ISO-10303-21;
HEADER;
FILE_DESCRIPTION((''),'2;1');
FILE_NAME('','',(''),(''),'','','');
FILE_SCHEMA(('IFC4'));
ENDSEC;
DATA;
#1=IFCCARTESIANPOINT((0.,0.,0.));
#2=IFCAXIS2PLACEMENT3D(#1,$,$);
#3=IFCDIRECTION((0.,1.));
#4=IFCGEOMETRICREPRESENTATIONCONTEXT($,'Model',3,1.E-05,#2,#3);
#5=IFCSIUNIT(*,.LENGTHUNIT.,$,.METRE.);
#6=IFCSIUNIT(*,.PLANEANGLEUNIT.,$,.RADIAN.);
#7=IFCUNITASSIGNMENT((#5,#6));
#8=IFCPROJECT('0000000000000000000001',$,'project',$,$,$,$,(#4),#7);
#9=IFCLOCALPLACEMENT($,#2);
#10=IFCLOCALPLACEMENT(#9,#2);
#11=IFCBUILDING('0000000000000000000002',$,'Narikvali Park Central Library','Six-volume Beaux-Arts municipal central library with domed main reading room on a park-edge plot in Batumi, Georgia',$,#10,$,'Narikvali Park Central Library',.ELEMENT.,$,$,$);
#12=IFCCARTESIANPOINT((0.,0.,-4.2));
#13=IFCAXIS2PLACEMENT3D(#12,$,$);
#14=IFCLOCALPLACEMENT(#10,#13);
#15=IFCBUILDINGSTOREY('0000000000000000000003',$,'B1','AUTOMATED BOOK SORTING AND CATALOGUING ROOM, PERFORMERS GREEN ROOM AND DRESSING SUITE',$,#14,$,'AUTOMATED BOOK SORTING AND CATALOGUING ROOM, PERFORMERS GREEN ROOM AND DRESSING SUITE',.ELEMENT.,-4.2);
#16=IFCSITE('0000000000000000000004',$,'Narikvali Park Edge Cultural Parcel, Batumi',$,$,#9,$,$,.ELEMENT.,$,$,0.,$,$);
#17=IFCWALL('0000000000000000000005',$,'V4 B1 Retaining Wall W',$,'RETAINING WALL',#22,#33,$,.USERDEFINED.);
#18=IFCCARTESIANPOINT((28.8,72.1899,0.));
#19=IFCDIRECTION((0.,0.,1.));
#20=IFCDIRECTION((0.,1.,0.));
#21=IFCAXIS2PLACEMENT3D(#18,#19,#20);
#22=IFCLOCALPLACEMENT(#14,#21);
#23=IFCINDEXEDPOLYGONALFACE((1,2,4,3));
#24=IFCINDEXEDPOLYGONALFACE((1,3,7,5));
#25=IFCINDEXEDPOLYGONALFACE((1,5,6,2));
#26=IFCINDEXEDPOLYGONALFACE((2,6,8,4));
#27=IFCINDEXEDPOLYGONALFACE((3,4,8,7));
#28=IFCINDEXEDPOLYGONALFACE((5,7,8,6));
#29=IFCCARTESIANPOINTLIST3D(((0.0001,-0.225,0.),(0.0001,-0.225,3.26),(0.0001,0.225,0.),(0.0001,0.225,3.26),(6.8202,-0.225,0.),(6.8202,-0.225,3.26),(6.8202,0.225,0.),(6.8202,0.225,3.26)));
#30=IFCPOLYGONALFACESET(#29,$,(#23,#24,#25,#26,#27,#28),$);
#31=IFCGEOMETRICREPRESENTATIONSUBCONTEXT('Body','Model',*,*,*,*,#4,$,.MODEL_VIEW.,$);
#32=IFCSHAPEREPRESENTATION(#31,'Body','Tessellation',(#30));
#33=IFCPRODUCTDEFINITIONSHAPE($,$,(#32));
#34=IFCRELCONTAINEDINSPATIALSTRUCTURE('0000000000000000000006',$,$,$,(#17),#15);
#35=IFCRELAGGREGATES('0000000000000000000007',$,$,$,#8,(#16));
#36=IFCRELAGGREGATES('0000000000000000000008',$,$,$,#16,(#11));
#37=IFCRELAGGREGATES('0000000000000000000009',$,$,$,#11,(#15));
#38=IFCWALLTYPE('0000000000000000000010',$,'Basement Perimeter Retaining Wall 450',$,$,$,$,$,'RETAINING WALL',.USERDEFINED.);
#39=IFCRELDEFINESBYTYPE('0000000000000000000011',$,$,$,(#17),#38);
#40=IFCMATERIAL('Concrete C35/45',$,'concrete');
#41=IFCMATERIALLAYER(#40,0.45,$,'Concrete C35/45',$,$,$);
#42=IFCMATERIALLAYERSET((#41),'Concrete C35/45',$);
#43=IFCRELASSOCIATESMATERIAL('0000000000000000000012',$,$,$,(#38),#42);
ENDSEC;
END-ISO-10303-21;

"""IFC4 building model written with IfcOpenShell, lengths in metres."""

from ifc_helpers import new_model, si_unit, direction, frame, frame_2d, origin, place, context, subcontext, project, spatial, rectangle, extrude, material, layer, layer_set, type_object, element, save


model = new_model("IFC4")

# Units and contexts
model_context = context("Model", 3, precision=1e-05, world=origin(), true_north=direction((0.0, 1.0)))
body_context = subcontext(model_context, "Body", "Model", "MODEL_VIEW")
ifc_project = project(units=[si_unit("LENGTHUNIT", "METRE"), si_unit("PLANEANGLEUNIT", "RADIAN")], contexts=[model_context])

# Site, building, storey
site_placement = place(None, origin())
site = spatial("IfcSite", under=ifc_project, at=site_placement, Name="Narikvali Park Edge Cultural Parcel, Batumi", CompositionType="ELEMENT", RefElevation=0.0)
building_placement = place(site_placement, origin())
building = spatial("IfcBuilding", under=site, at=building_placement, Name="Narikvali Park Central Library", Description="Six-volume Beaux-Arts municipal central library with domed main reading room on a park-edge plot in Batumi, Georgia", LongName="Narikvali Park Central Library", CompositionType="ELEMENT")
storey_placement = place(building_placement, frame((0.0, 0.0, -4.2)))
storey = spatial("IfcBuildingStorey", under=building, at=storey_placement, Name="B1", Description="AUTOMATED BOOK SORTING AND CATALOGUING ROOM, PERFORMERS GREEN ROOM AND DRESSING SUITE", LongName="AUTOMATED BOOK SORTING AND CATALOGUING ROOM, PERFORMERS GREEN ROOM AND DRESSING SUITE", CompositionType="ELEMENT", Elevation=-4.2)

# Shared definitions
ifc_material_1 = material(Name="Concrete C35/45", Category="concrete")

# Wall
ifc_layer_1 = layer(ifc_material_1, 0.45, Name="Concrete C35/45")
ifc_layer_set_1 = layer_set([ifc_layer_1], Name="Concrete C35/45")
wall_type_1 = type_object("IfcWallType", Name="Basement Perimeter Retaining Wall 450", ElementType="RETAINING WALL", PredefinedType="USERDEFINED", material=ifc_layer_set_1)
wall_1_placement = place(storey_placement, frame((28.8, 72.1899, 0.0), z_axis=(0.0, 0.0, 1.0), x_axis=(0.0, 1.0, 0.0)))
element("IfcWall", 1, at=wall_1_placement, inside=storey, type_object=wall_type_1, Name="V4 B1 Retaining Wall W", ObjectType="RETAINING WALL", PredefinedType="USERDEFINED", context=body_context, shape_type="SweptSolid", body=[
    extrude(rectangle(XDim=6.8201, YDim=0.45, at=frame_2d((3.4102, 0.0))), origin(), (0.0, 0.0, 1.0), 3.26),
])

save(model, "model.ifc")
